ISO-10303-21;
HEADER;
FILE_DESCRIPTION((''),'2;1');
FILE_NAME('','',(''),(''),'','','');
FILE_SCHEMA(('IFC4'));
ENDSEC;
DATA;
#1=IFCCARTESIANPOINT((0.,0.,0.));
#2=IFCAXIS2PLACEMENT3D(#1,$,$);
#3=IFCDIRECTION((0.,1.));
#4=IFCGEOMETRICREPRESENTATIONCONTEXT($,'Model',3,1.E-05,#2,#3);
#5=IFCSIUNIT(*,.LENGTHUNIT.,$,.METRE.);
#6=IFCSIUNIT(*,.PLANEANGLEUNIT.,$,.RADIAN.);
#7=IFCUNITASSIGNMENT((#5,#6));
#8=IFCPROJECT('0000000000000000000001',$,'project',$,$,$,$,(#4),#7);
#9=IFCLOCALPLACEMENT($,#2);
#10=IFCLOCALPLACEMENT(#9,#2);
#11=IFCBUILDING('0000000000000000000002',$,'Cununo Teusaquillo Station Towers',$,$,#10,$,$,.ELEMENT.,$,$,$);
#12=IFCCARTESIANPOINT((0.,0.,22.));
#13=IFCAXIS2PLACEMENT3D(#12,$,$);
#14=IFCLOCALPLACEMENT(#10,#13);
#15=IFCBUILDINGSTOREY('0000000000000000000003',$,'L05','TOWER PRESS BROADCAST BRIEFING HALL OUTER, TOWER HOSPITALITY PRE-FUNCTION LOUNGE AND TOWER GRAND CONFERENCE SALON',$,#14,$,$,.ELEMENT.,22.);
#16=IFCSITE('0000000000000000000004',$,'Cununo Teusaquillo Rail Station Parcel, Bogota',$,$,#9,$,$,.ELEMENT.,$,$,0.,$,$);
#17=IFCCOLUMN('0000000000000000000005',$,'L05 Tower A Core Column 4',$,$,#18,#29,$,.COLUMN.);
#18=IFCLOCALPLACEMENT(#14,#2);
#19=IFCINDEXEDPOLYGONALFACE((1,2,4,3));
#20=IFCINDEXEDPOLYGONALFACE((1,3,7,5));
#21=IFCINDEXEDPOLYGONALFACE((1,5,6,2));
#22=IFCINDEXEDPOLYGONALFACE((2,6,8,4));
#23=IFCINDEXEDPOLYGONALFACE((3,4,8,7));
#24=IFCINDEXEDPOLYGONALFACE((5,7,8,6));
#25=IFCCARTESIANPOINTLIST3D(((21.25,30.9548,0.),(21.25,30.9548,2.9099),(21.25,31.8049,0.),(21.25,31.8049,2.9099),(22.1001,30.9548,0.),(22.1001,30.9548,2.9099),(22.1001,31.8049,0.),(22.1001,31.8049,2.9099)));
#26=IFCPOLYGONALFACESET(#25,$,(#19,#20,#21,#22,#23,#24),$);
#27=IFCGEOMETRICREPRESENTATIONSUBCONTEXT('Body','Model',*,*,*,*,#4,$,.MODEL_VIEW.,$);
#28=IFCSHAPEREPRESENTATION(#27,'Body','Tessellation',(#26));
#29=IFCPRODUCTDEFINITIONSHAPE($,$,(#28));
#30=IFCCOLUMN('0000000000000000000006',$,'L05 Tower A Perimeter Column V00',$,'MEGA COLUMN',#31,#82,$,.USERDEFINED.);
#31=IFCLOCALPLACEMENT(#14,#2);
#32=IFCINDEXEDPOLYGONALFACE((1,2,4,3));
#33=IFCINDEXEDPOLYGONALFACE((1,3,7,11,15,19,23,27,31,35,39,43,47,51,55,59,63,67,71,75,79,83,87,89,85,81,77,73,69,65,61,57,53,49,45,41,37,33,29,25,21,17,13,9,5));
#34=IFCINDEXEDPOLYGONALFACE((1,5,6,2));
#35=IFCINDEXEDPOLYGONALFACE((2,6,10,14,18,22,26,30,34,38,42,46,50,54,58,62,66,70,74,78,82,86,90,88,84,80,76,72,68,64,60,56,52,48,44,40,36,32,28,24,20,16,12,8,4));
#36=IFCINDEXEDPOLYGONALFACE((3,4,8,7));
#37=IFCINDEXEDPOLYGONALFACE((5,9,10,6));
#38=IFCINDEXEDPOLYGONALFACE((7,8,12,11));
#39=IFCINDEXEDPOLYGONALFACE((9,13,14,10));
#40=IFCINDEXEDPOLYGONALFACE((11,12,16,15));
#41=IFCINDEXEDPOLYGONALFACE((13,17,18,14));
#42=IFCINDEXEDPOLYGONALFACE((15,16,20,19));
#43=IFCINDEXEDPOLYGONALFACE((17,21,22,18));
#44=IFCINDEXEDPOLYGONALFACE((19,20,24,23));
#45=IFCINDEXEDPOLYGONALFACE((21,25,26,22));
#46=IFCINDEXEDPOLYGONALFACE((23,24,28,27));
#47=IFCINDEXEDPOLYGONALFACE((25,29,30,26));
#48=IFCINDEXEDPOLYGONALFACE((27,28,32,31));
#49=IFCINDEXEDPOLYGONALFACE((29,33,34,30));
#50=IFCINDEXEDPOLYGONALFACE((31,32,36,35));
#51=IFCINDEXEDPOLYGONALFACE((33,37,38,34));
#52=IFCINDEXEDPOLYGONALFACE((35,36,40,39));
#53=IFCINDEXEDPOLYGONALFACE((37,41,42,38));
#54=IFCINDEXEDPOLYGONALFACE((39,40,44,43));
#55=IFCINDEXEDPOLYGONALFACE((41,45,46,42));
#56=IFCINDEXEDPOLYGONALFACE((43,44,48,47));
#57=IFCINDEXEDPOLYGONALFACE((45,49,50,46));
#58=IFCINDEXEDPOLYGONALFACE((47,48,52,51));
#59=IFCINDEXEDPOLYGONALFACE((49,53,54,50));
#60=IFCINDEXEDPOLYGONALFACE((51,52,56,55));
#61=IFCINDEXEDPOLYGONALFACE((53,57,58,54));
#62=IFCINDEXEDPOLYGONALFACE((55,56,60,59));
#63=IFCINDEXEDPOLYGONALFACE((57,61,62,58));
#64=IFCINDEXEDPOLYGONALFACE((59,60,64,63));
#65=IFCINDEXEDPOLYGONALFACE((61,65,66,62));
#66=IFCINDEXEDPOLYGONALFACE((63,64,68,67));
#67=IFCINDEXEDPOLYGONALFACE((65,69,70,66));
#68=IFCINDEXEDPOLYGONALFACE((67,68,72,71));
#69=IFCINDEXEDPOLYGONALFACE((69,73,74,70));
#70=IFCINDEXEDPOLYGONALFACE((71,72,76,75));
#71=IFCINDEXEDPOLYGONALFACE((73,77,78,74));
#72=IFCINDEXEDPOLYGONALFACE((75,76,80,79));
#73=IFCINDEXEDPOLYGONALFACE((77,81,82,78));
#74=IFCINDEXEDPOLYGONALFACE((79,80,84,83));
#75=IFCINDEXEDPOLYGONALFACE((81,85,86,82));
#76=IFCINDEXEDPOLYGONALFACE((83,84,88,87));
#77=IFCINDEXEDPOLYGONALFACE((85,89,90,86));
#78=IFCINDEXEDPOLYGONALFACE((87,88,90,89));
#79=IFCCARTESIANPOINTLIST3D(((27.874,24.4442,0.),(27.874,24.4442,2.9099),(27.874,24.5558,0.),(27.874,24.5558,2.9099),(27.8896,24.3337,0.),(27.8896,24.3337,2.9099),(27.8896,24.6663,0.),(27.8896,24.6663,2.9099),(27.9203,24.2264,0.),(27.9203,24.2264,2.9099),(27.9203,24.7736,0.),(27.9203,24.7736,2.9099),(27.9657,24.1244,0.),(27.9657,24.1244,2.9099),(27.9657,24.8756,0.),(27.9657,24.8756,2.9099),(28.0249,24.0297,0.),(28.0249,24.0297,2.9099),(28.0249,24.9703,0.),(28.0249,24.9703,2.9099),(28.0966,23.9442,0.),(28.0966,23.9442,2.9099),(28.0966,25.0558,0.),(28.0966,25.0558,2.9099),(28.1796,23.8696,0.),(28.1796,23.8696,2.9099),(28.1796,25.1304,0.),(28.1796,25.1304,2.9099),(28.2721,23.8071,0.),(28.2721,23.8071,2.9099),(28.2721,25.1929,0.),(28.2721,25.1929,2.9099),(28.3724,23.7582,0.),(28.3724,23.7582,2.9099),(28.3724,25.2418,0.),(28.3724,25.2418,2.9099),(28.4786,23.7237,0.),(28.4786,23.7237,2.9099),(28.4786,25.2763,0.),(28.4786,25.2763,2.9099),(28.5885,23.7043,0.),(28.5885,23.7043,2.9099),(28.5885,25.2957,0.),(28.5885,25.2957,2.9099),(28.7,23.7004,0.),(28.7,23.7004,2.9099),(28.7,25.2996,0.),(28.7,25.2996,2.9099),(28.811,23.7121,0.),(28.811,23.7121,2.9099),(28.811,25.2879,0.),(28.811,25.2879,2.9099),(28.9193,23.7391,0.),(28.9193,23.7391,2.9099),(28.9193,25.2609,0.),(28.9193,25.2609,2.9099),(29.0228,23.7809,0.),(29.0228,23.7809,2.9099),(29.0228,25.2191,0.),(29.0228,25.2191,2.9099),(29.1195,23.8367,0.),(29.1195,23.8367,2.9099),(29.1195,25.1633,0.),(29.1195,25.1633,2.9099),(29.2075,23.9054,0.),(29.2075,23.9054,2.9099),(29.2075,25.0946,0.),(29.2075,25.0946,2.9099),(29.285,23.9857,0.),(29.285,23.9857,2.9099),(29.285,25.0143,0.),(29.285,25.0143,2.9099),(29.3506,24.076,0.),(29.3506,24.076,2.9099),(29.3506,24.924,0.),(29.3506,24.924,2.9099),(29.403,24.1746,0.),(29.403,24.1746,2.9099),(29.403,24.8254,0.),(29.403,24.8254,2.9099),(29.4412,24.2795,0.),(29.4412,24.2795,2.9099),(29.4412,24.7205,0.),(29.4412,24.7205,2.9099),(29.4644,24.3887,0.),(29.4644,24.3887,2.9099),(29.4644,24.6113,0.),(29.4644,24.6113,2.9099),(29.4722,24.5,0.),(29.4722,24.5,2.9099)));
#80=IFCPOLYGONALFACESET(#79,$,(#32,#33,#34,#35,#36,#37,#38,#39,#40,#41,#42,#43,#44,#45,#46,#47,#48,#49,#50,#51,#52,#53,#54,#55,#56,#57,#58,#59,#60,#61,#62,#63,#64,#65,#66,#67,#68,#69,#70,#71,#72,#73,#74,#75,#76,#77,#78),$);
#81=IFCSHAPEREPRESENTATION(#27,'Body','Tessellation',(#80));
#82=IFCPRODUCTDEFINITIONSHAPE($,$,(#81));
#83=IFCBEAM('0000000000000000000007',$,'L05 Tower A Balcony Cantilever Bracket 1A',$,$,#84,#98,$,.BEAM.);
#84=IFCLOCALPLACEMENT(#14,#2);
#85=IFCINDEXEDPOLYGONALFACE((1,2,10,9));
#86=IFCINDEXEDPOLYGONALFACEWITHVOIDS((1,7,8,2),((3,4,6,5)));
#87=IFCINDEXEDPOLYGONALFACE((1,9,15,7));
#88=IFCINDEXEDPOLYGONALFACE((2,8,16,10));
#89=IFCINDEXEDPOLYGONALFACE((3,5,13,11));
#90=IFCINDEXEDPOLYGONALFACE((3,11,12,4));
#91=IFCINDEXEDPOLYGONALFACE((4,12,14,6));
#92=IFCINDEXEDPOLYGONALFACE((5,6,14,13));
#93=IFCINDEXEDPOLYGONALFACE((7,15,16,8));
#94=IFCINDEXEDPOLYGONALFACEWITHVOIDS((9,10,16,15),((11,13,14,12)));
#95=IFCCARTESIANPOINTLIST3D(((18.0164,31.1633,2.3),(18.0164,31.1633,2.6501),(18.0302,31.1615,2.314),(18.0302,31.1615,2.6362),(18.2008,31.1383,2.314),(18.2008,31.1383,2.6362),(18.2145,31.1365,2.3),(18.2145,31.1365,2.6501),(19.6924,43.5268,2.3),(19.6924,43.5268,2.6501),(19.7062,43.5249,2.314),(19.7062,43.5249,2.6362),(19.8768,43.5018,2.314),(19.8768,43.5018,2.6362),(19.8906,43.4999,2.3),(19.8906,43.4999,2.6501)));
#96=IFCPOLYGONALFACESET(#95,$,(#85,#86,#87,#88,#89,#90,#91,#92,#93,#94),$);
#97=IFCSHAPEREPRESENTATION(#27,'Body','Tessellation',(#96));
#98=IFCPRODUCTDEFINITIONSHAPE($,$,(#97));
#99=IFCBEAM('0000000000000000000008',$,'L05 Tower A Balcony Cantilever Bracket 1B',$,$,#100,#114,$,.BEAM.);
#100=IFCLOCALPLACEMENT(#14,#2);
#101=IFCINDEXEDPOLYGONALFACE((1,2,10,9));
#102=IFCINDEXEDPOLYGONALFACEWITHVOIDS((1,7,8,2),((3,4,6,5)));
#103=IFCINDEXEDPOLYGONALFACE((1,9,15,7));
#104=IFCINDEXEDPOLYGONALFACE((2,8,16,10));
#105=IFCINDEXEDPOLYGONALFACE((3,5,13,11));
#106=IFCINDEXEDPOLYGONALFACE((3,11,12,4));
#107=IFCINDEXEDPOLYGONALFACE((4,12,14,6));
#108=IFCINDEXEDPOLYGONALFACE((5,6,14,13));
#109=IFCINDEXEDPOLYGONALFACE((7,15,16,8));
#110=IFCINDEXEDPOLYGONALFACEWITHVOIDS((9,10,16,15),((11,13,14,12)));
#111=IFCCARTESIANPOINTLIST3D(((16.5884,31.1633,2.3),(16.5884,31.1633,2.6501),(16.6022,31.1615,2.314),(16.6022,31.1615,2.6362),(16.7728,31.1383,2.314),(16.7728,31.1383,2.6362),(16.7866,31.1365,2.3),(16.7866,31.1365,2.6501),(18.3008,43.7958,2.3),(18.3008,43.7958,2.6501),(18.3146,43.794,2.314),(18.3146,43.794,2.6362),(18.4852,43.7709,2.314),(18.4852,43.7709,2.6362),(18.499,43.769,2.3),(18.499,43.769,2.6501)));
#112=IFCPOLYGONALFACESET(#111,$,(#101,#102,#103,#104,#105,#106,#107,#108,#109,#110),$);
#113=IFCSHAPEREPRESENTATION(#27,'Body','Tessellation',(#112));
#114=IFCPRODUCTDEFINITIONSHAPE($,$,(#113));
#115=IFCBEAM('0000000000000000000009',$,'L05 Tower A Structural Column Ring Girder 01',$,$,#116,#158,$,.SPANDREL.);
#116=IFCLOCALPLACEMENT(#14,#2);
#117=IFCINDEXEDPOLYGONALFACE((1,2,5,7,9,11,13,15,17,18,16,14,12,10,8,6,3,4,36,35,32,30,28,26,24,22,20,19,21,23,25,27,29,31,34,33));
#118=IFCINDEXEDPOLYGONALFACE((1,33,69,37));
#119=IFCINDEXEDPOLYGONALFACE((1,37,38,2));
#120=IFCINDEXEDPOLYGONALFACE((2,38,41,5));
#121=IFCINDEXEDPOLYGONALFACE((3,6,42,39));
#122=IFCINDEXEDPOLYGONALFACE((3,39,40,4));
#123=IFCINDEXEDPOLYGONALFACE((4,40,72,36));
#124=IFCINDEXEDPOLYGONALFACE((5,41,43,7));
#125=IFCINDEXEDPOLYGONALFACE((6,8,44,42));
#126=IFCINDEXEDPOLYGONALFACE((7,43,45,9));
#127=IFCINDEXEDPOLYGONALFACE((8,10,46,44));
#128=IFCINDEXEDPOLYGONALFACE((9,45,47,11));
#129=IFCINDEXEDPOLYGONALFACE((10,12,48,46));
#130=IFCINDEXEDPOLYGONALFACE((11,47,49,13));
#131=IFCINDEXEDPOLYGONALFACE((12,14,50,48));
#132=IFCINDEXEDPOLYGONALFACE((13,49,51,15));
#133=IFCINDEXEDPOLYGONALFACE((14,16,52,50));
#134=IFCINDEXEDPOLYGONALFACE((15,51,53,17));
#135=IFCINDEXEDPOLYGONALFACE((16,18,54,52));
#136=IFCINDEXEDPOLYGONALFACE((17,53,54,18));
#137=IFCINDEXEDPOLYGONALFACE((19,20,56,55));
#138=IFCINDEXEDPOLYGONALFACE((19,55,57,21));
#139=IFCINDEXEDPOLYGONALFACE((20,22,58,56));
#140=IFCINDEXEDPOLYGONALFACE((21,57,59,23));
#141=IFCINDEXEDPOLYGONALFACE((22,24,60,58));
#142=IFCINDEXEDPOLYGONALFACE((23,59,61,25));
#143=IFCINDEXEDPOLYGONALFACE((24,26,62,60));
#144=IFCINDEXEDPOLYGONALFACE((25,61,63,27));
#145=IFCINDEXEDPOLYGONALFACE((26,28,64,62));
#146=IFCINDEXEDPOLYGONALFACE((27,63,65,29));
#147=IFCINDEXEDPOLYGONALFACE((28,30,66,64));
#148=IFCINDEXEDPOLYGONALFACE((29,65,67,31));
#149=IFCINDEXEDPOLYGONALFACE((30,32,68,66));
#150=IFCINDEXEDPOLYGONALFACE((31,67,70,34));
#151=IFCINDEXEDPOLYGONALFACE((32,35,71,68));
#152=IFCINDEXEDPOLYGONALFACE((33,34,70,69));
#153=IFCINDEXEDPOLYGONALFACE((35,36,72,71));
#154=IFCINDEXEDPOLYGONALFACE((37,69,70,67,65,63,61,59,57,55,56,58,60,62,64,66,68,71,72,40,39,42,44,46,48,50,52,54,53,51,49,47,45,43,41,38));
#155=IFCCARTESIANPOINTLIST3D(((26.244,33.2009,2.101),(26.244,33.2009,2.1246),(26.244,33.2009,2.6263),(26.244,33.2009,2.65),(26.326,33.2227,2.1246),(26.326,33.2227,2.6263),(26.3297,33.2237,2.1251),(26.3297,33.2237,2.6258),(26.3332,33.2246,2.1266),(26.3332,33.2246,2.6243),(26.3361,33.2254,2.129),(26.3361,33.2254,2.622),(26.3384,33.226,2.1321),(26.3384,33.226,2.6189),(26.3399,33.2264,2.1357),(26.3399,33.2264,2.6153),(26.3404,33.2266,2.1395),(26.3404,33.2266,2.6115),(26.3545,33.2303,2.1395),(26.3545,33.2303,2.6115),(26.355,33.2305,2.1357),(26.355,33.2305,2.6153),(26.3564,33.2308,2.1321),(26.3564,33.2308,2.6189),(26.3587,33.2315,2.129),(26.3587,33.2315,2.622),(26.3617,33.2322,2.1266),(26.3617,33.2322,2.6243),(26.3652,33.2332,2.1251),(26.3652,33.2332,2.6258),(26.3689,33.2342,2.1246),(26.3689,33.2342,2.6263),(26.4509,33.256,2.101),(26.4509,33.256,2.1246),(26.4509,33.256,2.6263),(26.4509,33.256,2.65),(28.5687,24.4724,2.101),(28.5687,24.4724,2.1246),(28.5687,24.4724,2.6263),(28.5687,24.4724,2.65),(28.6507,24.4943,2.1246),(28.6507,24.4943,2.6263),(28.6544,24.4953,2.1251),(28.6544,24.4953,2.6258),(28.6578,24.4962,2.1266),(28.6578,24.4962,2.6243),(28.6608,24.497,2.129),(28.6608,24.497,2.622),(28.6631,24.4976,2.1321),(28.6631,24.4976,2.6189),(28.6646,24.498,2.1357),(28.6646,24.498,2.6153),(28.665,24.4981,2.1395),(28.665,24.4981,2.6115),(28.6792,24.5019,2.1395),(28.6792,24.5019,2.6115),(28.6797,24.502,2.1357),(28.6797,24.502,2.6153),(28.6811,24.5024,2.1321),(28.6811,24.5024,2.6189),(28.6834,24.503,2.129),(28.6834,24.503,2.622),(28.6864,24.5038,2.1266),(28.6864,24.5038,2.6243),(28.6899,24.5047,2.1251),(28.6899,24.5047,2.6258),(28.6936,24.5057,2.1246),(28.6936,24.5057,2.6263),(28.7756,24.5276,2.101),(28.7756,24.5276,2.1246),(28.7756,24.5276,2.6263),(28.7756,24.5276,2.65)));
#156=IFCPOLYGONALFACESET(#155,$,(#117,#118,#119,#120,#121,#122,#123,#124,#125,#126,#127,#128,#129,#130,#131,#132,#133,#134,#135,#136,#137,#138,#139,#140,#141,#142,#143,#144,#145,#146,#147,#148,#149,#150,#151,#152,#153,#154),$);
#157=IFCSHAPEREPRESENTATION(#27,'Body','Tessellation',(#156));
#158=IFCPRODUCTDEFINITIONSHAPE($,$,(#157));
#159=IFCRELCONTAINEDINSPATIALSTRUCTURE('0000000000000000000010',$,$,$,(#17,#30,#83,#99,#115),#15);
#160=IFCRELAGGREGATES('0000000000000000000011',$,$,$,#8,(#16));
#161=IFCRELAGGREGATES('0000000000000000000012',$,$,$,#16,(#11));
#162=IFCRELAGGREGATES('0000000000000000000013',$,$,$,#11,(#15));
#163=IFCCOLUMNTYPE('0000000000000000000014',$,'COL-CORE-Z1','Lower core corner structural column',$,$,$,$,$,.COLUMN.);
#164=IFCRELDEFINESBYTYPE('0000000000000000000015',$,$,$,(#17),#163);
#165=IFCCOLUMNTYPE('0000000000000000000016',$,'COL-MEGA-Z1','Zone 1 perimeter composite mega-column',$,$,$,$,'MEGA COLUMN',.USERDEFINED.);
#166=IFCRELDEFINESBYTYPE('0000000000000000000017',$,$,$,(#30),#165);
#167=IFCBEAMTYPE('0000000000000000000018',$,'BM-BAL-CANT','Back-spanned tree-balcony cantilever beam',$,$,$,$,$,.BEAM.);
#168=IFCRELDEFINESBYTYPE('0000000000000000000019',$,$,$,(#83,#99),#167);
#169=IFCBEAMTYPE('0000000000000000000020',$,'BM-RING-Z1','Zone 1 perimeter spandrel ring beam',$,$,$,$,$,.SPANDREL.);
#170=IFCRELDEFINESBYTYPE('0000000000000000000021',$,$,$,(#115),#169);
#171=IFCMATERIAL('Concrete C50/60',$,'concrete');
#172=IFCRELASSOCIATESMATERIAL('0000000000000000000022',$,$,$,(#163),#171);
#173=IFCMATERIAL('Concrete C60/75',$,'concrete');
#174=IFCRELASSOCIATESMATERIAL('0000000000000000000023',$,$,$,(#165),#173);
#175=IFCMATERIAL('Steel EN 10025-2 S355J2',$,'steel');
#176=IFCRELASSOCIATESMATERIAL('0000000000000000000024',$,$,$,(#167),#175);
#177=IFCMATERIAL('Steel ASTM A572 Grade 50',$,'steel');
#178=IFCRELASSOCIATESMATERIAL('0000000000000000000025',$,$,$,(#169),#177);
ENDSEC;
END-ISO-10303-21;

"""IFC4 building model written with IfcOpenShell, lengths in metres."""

from ifc_helpers import new_model, si_unit, direction, frame, origin, origin_2d, place, context, subcontext, project, spatial, rectangle, hollow_rectangle, circle, i_section, extrude, material, material_profile, profile_set, type_object, element, save


model = new_model("IFC4")

# Units and contexts
model_context = context("Model", 3, precision=1e-05, world=origin(), true_north=direction((0.0, 1.0)))
body_context = subcontext(model_context, "Body", "Model", "MODEL_VIEW")
ifc_project = project(units=[si_unit("LENGTHUNIT", "METRE"), si_unit("PLANEANGLEUNIT", "RADIAN")], contexts=[model_context])

# Site, building, storey
site_placement = place(None, origin())
site = spatial("IfcSite", under=ifc_project, at=site_placement, Name="Cununo Teusaquillo Rail Station Parcel, Bogota", CompositionType="ELEMENT", RefElevation=0.0)
building_placement = place(site_placement, origin())
building = spatial("IfcBuilding", under=site, at=building_placement, Name="Cununo Teusaquillo Station Towers", CompositionType="ELEMENT")
storey_placement = place(building_placement, frame((0.0, 0.0, 22.0)))
storey = spatial("IfcBuildingStorey", under=building, at=storey_placement, Name="L05", Description="TOWER PRESS BROADCAST BRIEFING HALL OUTER, TOWER HOSPITALITY PRE-FUNCTION LOUNGE AND TOWER GRAND CONFERENCE SALON", CompositionType="ELEMENT", Elevation=22.0)

# Columns
ifc_material_1 = material(Name="Concrete C50/60", Category="concrete")
ifc_material_profile_1 = material_profile(ifc_material_1, rectangle(XDim=0.8501, YDim=0.8501, at=origin_2d()), Name="RC-RECT-850x850")
ifc_profile_set_1 = profile_set([ifc_material_profile_1], Name="Concrete C50/60")
column_type_1 = type_object("IfcColumnType", Name="COL-CORE-Z1", Description="Lower core corner structural column", PredefinedType="COLUMN", material=ifc_profile_set_1)
column_1_placement = place(storey_placement, frame((21.675, 31.3799, 0.0), z_axis=(0.0, 0.0, 1.0), x_axis=(1.0, 0.0, 0.0)))
element("IfcColumn", 1, at=column_1_placement, inside=storey, type_object=column_type_1, Name="L05 Tower A Core Column 4", PredefinedType="COLUMN", context=body_context, shape_type="SweptSolid", body=[
    extrude(rectangle(XDim=0.8501, YDim=0.8501, at=origin_2d()), origin(), (0.0, 0.0, 1.0), 2.9099),
])
ifc_material_2 = material(Name="Concrete C60/75", Category="concrete")
ifc_material_profile_2 = material_profile(ifc_material_2, circle(Radius=0.8, at=origin_2d()), Name="RC-CIRC-1600")
ifc_profile_set_2 = profile_set([ifc_material_profile_2], Name="Concrete C60/75")
column_type_2 = type_object("IfcColumnType", Name="COL-MEGA-Z1", Description="Zone 1 perimeter composite mega-column", ElementType="MEGA COLUMN", PredefinedType="USERDEFINED", material=ifc_profile_set_2)
column_2_placement = place(storey_placement, frame((28.6721, 24.5, 0.0), z_axis=(0.0, 0.0, 1.0), x_axis=(1.0, 0.0, 0.0)))
element("IfcColumn", 2, at=column_2_placement, inside=storey, type_object=column_type_2, Name="L05 Tower A Perimeter Column V00", ObjectType="MEGA COLUMN", PredefinedType="USERDEFINED", context=body_context, shape_type="SweptSolid", body=[
    extrude(circle(Radius=0.8, at=origin_2d()), origin(), (0.0, 0.0, 1.0), 2.9099),
])

# Beams
ifc_material_3 = material(Name="Steel EN 10025-2 S355J2", Category="steel")
ifc_material_profile_3 = material_profile(ifc_material_3, hollow_rectangle(XDim=0.2, YDim=0.3501, WallThickness=0.0139, at=origin_2d()), Name="RHS 350x200x14")
ifc_profile_set_3 = profile_set([ifc_material_profile_3], Name="Steel EN 10025-2 S355J2")
beam_type_1 = type_object("IfcBeamType", Name="BM-BAL-CANT", Description="Back-spanned tree-balcony cantilever beam", PredefinedType="BEAM", material=ifc_profile_set_3)
beam_1_placement = place(storey_placement, frame((18.1155, 31.1499, 2.4751), z_axis=(0.134333, 0.990936, 0.0), x_axis=(-0.990936, 0.134333, 0.0)))
element("IfcBeam", 3, at=beam_1_placement, inside=storey, type_object=beam_type_1, Name="L05 Tower A Balcony Cantilever Bracket 1A", PredefinedType="BEAM", context=body_context, shape_type="SweptSolid", body=[
    extrude(hollow_rectangle(XDim=0.2, YDim=0.3501, WallThickness=0.0139, at=origin_2d()), origin(), (0.0, 0.0, 1.0), 12.4766),
])
beam_2_placement = place(storey_placement, frame((16.6875, 31.1499, 2.4751), z_axis=(0.134326, 0.990937, 0.0), x_axis=(-0.990937, 0.134326, 0.0)))
element("IfcBeam", 4, at=beam_2_placement, inside=storey, type_object=beam_type_1, Name="L05 Tower A Balcony Cantilever Bracket 1B", PredefinedType="BEAM", context=body_context, shape_type="SweptSolid", body=[
    extrude(hollow_rectangle(XDim=0.2, YDim=0.3501, WallThickness=0.0139, at=origin_2d()), origin(), (0.0, 0.0, 1.0), 12.748),
])
ifc_material_4 = material(Name="Steel ASTM A572 Grade 50", Category="steel")
ifc_material_profile_4 = material_profile(ifc_material_4, i_section(OverallWidth=0.2141, OverallDepth=0.5491, WebThickness=0.0146, FlangeThickness=0.0237, FilletRadius=0.0149, at=origin_2d()), Name="W21X93")
ifc_profile_set_4 = profile_set([ifc_material_profile_4], Name="Steel ASTM A572 Grade 50")
beam_type_2 = type_object("IfcBeamType", Name="BM-RING-Z1", Description="Zone 1 perimeter spandrel ring beam", PredefinedType="SPANDREL", material=ifc_profile_set_4)
beam_3_placement = place(storey_placement, frame((28.6721, 24.5, 2.3755), z_axis=(-0.257363, 0.966315, 0.0), x_axis=(-0.966315, -0.257363, 0.0)))
element("IfcBeam", 5, at=beam_3_placement, inside=storey, type_object=beam_type_2, Name="L05 Tower A Structural Column Ring Girder 01", PredefinedType="SPANDREL", context=body_context, shape_type="SweptSolid", body=[
    extrude(i_section(OverallWidth=0.2141, OverallDepth=0.5491, WebThickness=0.0146, FlangeThickness=0.0237, FilletRadius=0.0149, at=origin_2d()), origin(), (0.0, 0.0, 1.0), 9.0327),
])

save(model, "model.ifc")
